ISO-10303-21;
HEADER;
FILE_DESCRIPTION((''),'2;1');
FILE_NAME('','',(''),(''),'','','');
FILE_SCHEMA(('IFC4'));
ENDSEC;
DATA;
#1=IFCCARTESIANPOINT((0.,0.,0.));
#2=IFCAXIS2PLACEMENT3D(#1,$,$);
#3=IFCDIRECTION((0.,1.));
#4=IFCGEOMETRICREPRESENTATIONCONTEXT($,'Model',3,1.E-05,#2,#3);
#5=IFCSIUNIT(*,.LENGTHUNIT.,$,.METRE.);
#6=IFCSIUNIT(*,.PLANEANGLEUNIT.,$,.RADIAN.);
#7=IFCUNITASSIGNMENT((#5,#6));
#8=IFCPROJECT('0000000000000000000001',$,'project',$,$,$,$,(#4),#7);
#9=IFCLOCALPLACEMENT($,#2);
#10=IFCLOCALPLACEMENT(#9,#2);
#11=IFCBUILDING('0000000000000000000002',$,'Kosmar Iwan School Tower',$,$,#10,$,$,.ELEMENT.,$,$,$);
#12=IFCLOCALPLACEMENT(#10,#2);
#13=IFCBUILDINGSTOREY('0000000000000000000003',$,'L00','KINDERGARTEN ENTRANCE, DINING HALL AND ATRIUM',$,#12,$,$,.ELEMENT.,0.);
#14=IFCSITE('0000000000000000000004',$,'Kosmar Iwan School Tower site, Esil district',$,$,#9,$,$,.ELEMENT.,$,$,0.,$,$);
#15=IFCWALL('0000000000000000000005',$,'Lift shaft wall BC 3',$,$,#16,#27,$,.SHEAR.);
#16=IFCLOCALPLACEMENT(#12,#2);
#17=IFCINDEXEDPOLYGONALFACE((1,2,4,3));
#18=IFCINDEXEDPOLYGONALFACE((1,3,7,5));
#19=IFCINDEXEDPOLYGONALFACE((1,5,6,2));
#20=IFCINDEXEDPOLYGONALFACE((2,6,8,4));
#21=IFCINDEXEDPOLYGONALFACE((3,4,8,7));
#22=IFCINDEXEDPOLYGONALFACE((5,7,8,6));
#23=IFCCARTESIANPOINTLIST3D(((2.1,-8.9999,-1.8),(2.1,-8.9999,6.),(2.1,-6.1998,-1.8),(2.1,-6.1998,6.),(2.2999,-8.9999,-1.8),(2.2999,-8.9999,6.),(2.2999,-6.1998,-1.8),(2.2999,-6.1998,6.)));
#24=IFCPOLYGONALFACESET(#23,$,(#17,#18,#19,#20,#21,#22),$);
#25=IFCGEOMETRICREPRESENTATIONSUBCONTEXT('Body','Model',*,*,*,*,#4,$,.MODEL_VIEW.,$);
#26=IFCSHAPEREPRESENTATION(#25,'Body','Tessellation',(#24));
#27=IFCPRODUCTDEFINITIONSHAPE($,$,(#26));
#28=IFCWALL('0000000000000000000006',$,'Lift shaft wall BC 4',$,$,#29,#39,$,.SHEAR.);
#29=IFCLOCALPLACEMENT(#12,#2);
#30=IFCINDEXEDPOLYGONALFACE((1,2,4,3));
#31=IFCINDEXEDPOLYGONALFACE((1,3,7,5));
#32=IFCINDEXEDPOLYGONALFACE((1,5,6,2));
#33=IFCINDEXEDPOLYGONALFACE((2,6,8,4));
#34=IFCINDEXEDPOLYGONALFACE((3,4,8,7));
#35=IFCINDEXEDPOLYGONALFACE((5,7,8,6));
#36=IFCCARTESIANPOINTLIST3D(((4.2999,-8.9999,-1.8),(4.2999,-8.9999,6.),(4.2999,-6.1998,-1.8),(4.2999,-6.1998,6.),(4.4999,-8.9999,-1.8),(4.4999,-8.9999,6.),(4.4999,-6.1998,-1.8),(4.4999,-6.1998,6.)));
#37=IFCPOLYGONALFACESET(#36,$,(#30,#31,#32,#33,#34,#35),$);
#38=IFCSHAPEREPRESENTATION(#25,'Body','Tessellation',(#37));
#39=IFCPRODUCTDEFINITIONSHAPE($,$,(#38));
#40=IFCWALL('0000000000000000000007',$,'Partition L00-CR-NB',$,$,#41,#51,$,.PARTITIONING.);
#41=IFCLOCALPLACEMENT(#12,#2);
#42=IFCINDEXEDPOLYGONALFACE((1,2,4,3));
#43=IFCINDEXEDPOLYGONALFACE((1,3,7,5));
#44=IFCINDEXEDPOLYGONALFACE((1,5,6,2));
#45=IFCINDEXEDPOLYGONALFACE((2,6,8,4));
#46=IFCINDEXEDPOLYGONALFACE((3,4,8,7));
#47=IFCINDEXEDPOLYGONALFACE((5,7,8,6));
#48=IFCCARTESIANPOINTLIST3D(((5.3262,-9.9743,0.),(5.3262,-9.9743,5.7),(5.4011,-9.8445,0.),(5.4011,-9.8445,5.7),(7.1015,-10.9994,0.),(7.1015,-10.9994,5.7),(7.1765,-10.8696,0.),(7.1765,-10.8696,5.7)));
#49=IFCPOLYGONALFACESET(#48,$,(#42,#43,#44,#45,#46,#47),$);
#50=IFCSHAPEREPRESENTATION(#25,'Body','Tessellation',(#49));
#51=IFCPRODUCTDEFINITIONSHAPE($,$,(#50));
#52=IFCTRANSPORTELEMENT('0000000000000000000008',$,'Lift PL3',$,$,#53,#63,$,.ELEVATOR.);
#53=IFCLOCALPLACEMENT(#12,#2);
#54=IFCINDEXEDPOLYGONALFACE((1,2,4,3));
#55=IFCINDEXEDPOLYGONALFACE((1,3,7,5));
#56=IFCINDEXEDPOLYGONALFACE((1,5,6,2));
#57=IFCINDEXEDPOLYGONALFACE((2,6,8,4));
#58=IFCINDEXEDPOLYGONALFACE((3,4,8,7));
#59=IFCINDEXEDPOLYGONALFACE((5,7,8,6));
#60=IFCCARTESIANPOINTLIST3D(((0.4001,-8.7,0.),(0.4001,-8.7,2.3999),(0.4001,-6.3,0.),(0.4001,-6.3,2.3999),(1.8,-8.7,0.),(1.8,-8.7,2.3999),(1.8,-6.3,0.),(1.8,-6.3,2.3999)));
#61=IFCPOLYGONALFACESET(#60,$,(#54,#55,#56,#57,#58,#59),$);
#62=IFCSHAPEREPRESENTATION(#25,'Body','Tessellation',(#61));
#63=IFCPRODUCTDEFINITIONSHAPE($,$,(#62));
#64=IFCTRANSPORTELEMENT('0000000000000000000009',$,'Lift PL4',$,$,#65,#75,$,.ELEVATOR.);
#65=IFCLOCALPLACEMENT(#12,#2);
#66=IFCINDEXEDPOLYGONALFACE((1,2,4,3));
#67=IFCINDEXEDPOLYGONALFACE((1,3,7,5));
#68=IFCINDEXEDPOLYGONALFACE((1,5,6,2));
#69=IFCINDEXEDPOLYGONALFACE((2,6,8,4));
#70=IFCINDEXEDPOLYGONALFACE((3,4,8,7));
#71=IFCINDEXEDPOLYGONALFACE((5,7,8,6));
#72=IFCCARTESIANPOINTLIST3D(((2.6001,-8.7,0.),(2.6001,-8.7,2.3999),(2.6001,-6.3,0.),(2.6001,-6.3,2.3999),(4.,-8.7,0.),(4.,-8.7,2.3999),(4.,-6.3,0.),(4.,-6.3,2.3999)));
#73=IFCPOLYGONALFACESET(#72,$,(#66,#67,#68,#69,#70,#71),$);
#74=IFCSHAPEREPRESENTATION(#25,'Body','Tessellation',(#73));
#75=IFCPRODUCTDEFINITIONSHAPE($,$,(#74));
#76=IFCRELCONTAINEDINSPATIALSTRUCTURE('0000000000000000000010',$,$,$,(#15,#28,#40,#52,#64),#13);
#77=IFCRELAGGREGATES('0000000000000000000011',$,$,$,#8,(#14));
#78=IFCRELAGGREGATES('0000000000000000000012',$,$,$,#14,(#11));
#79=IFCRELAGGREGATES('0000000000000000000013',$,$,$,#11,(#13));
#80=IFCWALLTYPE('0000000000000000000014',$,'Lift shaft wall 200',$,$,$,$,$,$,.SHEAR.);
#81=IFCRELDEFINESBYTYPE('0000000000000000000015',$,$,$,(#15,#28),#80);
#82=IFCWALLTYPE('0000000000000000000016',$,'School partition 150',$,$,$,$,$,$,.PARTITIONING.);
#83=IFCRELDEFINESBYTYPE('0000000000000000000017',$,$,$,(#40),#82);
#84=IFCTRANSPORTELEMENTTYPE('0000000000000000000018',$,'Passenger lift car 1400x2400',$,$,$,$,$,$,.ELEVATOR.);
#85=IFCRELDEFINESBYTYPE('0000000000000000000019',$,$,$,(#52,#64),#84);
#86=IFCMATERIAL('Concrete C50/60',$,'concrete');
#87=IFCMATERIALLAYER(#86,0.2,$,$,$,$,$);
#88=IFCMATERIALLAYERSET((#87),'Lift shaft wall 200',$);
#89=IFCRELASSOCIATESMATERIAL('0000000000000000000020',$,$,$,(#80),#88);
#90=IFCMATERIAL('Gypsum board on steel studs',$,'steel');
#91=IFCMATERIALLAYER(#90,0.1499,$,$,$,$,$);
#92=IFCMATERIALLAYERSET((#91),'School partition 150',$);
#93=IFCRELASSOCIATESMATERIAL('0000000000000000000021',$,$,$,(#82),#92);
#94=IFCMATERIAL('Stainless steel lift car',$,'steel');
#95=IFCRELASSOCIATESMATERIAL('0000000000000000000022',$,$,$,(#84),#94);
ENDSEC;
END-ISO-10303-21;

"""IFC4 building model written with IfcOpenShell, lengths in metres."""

from ifc_helpers import new_model, si_unit, direction, frame, frame_2d, origin, origin_2d, place, context, subcontext, project, spatial, rectangle, extrude, material, layer, layer_set, type_object, element, save


model = new_model("IFC4")

# Units and contexts
model_context = context("Model", 3, precision=1e-05, world=origin(), true_north=direction((0.0, 1.0)))
body_context = subcontext(model_context, "Body", "Model", "MODEL_VIEW")
ifc_project = project(units=[si_unit("LENGTHUNIT", "METRE"), si_unit("PLANEANGLEUNIT", "RADIAN")], contexts=[model_context])

# Site, building, storey
site_placement = place(None, origin())
site = spatial("IfcSite", under=ifc_project, at=site_placement, Name="Kosmar Iwan School Tower site, Esil district", CompositionType="ELEMENT", RefElevation=0.0)
building_placement = place(site_placement, origin())
building = spatial("IfcBuilding", under=site, at=building_placement, Name="Kosmar Iwan School Tower", CompositionType="ELEMENT")
storey_placement = place(building_placement, origin())
storey = spatial("IfcBuildingStorey", under=building, at=storey_placement, Name="L00", Description="KINDERGARTEN ENTRANCE, DINING HALL AND ATRIUM", CompositionType="ELEMENT", Elevation=0.0)

# Shared definitions
ifc_material_1 = material(Name="Concrete C50/60", Category="concrete")
ifc_layer_1 = layer(ifc_material_1, 0.2)
ifc_layer_set_1 = layer_set([ifc_layer_1], Name="Lift shaft wall 200")
wall_type_1 = type_object("IfcWallType", Name="Lift shaft wall 200", PredefinedType="SHEAR", material=ifc_layer_set_1)

# Walls
for number, where, z_axis, x_axis, name in (
    (1, (2.2, -6.2, -1.8), (0.0, 0.0, 1.0), (0.0, -1.0, 0.0), "Lift shaft wall BC 3"),
    (2, (4.3999, -6.2, -1.8), (0.0, 0.0, 1.0), (0.0, -1.0, 0.0), "Lift shaft wall BC 4"),
):
    element("IfcWall", number, at=place(storey_placement, frame(where, z_axis=z_axis, x_axis=x_axis)), inside=storey, type_object=wall_type_1, Name=name, PredefinedType="SHEAR", context=body_context, shape_type="SweptSolid", body=[
        extrude(rectangle(XDim=2.8, YDim=0.2, at=frame_2d((1.3999, 0.0))), origin(), (0.0, 0.0, 1.0), 7.8),
    ])
ifc_material_2 = material(Name="Gypsum board on steel studs", Category="steel")
ifc_layer_2 = layer(ifc_material_2, 0.1499)
ifc_layer_set_2 = layer_set([ifc_layer_2], Name="School partition 150")
wall_type_2 = type_object("IfcWallType", Name="School partition 150", PredefinedType="PARTITIONING", material=ifc_layer_set_2)
wall_1_placement = place(storey_placement, frame((5.3638, -9.9094, 0.0), z_axis=(0.0, 0.0, 1.0), x_axis=(0.865999, -0.500045, 0.0)))
element("IfcWall", 3, at=wall_1_placement, inside=storey, type_object=wall_type_2, Name="Partition L00-CR-NB", PredefinedType="PARTITIONING", context=body_context, shape_type="SweptSolid", body=[
    extrude(rectangle(XDim=2.05, YDim=0.1499, at=frame_2d((1.0249, 0.0))), origin(), (0.0, 0.0, 1.0), 5.7),
])

# Transport elements
ifc_material_3 = material(Name="Stainless steel lift car", Category="steel")
transport_element_type = type_object("IfcTransportElementType", Name="Passenger lift car 1400x2400", PredefinedType="ELEVATOR", material=ifc_material_3)
for number, where, z_axis, x_axis, name in (
    (4, (1.1001, -7.5, 0.0), (0.0, 0.0, 1.0), (0.0, -1.0, 0.0), "Lift PL3"),
    (5, (3.3, -7.5, 0.0), (0.0, 0.0, 1.0), (0.0, -1.0, 0.0), "Lift PL4"),
):
    element("IfcTransportElement", number, at=place(storey_placement, frame(where, z_axis=z_axis, x_axis=x_axis)), inside=storey, type_object=transport_element_type, Name=name, PredefinedType="ELEVATOR", context=body_context, shape_type="SweptSolid", body=[
        extrude(rectangle(XDim=2.3999, YDim=1.3999, at=origin_2d()), origin(), (0.0, 0.0, 1.0), 2.3999),
    ])

save(model, "model.ifc")
